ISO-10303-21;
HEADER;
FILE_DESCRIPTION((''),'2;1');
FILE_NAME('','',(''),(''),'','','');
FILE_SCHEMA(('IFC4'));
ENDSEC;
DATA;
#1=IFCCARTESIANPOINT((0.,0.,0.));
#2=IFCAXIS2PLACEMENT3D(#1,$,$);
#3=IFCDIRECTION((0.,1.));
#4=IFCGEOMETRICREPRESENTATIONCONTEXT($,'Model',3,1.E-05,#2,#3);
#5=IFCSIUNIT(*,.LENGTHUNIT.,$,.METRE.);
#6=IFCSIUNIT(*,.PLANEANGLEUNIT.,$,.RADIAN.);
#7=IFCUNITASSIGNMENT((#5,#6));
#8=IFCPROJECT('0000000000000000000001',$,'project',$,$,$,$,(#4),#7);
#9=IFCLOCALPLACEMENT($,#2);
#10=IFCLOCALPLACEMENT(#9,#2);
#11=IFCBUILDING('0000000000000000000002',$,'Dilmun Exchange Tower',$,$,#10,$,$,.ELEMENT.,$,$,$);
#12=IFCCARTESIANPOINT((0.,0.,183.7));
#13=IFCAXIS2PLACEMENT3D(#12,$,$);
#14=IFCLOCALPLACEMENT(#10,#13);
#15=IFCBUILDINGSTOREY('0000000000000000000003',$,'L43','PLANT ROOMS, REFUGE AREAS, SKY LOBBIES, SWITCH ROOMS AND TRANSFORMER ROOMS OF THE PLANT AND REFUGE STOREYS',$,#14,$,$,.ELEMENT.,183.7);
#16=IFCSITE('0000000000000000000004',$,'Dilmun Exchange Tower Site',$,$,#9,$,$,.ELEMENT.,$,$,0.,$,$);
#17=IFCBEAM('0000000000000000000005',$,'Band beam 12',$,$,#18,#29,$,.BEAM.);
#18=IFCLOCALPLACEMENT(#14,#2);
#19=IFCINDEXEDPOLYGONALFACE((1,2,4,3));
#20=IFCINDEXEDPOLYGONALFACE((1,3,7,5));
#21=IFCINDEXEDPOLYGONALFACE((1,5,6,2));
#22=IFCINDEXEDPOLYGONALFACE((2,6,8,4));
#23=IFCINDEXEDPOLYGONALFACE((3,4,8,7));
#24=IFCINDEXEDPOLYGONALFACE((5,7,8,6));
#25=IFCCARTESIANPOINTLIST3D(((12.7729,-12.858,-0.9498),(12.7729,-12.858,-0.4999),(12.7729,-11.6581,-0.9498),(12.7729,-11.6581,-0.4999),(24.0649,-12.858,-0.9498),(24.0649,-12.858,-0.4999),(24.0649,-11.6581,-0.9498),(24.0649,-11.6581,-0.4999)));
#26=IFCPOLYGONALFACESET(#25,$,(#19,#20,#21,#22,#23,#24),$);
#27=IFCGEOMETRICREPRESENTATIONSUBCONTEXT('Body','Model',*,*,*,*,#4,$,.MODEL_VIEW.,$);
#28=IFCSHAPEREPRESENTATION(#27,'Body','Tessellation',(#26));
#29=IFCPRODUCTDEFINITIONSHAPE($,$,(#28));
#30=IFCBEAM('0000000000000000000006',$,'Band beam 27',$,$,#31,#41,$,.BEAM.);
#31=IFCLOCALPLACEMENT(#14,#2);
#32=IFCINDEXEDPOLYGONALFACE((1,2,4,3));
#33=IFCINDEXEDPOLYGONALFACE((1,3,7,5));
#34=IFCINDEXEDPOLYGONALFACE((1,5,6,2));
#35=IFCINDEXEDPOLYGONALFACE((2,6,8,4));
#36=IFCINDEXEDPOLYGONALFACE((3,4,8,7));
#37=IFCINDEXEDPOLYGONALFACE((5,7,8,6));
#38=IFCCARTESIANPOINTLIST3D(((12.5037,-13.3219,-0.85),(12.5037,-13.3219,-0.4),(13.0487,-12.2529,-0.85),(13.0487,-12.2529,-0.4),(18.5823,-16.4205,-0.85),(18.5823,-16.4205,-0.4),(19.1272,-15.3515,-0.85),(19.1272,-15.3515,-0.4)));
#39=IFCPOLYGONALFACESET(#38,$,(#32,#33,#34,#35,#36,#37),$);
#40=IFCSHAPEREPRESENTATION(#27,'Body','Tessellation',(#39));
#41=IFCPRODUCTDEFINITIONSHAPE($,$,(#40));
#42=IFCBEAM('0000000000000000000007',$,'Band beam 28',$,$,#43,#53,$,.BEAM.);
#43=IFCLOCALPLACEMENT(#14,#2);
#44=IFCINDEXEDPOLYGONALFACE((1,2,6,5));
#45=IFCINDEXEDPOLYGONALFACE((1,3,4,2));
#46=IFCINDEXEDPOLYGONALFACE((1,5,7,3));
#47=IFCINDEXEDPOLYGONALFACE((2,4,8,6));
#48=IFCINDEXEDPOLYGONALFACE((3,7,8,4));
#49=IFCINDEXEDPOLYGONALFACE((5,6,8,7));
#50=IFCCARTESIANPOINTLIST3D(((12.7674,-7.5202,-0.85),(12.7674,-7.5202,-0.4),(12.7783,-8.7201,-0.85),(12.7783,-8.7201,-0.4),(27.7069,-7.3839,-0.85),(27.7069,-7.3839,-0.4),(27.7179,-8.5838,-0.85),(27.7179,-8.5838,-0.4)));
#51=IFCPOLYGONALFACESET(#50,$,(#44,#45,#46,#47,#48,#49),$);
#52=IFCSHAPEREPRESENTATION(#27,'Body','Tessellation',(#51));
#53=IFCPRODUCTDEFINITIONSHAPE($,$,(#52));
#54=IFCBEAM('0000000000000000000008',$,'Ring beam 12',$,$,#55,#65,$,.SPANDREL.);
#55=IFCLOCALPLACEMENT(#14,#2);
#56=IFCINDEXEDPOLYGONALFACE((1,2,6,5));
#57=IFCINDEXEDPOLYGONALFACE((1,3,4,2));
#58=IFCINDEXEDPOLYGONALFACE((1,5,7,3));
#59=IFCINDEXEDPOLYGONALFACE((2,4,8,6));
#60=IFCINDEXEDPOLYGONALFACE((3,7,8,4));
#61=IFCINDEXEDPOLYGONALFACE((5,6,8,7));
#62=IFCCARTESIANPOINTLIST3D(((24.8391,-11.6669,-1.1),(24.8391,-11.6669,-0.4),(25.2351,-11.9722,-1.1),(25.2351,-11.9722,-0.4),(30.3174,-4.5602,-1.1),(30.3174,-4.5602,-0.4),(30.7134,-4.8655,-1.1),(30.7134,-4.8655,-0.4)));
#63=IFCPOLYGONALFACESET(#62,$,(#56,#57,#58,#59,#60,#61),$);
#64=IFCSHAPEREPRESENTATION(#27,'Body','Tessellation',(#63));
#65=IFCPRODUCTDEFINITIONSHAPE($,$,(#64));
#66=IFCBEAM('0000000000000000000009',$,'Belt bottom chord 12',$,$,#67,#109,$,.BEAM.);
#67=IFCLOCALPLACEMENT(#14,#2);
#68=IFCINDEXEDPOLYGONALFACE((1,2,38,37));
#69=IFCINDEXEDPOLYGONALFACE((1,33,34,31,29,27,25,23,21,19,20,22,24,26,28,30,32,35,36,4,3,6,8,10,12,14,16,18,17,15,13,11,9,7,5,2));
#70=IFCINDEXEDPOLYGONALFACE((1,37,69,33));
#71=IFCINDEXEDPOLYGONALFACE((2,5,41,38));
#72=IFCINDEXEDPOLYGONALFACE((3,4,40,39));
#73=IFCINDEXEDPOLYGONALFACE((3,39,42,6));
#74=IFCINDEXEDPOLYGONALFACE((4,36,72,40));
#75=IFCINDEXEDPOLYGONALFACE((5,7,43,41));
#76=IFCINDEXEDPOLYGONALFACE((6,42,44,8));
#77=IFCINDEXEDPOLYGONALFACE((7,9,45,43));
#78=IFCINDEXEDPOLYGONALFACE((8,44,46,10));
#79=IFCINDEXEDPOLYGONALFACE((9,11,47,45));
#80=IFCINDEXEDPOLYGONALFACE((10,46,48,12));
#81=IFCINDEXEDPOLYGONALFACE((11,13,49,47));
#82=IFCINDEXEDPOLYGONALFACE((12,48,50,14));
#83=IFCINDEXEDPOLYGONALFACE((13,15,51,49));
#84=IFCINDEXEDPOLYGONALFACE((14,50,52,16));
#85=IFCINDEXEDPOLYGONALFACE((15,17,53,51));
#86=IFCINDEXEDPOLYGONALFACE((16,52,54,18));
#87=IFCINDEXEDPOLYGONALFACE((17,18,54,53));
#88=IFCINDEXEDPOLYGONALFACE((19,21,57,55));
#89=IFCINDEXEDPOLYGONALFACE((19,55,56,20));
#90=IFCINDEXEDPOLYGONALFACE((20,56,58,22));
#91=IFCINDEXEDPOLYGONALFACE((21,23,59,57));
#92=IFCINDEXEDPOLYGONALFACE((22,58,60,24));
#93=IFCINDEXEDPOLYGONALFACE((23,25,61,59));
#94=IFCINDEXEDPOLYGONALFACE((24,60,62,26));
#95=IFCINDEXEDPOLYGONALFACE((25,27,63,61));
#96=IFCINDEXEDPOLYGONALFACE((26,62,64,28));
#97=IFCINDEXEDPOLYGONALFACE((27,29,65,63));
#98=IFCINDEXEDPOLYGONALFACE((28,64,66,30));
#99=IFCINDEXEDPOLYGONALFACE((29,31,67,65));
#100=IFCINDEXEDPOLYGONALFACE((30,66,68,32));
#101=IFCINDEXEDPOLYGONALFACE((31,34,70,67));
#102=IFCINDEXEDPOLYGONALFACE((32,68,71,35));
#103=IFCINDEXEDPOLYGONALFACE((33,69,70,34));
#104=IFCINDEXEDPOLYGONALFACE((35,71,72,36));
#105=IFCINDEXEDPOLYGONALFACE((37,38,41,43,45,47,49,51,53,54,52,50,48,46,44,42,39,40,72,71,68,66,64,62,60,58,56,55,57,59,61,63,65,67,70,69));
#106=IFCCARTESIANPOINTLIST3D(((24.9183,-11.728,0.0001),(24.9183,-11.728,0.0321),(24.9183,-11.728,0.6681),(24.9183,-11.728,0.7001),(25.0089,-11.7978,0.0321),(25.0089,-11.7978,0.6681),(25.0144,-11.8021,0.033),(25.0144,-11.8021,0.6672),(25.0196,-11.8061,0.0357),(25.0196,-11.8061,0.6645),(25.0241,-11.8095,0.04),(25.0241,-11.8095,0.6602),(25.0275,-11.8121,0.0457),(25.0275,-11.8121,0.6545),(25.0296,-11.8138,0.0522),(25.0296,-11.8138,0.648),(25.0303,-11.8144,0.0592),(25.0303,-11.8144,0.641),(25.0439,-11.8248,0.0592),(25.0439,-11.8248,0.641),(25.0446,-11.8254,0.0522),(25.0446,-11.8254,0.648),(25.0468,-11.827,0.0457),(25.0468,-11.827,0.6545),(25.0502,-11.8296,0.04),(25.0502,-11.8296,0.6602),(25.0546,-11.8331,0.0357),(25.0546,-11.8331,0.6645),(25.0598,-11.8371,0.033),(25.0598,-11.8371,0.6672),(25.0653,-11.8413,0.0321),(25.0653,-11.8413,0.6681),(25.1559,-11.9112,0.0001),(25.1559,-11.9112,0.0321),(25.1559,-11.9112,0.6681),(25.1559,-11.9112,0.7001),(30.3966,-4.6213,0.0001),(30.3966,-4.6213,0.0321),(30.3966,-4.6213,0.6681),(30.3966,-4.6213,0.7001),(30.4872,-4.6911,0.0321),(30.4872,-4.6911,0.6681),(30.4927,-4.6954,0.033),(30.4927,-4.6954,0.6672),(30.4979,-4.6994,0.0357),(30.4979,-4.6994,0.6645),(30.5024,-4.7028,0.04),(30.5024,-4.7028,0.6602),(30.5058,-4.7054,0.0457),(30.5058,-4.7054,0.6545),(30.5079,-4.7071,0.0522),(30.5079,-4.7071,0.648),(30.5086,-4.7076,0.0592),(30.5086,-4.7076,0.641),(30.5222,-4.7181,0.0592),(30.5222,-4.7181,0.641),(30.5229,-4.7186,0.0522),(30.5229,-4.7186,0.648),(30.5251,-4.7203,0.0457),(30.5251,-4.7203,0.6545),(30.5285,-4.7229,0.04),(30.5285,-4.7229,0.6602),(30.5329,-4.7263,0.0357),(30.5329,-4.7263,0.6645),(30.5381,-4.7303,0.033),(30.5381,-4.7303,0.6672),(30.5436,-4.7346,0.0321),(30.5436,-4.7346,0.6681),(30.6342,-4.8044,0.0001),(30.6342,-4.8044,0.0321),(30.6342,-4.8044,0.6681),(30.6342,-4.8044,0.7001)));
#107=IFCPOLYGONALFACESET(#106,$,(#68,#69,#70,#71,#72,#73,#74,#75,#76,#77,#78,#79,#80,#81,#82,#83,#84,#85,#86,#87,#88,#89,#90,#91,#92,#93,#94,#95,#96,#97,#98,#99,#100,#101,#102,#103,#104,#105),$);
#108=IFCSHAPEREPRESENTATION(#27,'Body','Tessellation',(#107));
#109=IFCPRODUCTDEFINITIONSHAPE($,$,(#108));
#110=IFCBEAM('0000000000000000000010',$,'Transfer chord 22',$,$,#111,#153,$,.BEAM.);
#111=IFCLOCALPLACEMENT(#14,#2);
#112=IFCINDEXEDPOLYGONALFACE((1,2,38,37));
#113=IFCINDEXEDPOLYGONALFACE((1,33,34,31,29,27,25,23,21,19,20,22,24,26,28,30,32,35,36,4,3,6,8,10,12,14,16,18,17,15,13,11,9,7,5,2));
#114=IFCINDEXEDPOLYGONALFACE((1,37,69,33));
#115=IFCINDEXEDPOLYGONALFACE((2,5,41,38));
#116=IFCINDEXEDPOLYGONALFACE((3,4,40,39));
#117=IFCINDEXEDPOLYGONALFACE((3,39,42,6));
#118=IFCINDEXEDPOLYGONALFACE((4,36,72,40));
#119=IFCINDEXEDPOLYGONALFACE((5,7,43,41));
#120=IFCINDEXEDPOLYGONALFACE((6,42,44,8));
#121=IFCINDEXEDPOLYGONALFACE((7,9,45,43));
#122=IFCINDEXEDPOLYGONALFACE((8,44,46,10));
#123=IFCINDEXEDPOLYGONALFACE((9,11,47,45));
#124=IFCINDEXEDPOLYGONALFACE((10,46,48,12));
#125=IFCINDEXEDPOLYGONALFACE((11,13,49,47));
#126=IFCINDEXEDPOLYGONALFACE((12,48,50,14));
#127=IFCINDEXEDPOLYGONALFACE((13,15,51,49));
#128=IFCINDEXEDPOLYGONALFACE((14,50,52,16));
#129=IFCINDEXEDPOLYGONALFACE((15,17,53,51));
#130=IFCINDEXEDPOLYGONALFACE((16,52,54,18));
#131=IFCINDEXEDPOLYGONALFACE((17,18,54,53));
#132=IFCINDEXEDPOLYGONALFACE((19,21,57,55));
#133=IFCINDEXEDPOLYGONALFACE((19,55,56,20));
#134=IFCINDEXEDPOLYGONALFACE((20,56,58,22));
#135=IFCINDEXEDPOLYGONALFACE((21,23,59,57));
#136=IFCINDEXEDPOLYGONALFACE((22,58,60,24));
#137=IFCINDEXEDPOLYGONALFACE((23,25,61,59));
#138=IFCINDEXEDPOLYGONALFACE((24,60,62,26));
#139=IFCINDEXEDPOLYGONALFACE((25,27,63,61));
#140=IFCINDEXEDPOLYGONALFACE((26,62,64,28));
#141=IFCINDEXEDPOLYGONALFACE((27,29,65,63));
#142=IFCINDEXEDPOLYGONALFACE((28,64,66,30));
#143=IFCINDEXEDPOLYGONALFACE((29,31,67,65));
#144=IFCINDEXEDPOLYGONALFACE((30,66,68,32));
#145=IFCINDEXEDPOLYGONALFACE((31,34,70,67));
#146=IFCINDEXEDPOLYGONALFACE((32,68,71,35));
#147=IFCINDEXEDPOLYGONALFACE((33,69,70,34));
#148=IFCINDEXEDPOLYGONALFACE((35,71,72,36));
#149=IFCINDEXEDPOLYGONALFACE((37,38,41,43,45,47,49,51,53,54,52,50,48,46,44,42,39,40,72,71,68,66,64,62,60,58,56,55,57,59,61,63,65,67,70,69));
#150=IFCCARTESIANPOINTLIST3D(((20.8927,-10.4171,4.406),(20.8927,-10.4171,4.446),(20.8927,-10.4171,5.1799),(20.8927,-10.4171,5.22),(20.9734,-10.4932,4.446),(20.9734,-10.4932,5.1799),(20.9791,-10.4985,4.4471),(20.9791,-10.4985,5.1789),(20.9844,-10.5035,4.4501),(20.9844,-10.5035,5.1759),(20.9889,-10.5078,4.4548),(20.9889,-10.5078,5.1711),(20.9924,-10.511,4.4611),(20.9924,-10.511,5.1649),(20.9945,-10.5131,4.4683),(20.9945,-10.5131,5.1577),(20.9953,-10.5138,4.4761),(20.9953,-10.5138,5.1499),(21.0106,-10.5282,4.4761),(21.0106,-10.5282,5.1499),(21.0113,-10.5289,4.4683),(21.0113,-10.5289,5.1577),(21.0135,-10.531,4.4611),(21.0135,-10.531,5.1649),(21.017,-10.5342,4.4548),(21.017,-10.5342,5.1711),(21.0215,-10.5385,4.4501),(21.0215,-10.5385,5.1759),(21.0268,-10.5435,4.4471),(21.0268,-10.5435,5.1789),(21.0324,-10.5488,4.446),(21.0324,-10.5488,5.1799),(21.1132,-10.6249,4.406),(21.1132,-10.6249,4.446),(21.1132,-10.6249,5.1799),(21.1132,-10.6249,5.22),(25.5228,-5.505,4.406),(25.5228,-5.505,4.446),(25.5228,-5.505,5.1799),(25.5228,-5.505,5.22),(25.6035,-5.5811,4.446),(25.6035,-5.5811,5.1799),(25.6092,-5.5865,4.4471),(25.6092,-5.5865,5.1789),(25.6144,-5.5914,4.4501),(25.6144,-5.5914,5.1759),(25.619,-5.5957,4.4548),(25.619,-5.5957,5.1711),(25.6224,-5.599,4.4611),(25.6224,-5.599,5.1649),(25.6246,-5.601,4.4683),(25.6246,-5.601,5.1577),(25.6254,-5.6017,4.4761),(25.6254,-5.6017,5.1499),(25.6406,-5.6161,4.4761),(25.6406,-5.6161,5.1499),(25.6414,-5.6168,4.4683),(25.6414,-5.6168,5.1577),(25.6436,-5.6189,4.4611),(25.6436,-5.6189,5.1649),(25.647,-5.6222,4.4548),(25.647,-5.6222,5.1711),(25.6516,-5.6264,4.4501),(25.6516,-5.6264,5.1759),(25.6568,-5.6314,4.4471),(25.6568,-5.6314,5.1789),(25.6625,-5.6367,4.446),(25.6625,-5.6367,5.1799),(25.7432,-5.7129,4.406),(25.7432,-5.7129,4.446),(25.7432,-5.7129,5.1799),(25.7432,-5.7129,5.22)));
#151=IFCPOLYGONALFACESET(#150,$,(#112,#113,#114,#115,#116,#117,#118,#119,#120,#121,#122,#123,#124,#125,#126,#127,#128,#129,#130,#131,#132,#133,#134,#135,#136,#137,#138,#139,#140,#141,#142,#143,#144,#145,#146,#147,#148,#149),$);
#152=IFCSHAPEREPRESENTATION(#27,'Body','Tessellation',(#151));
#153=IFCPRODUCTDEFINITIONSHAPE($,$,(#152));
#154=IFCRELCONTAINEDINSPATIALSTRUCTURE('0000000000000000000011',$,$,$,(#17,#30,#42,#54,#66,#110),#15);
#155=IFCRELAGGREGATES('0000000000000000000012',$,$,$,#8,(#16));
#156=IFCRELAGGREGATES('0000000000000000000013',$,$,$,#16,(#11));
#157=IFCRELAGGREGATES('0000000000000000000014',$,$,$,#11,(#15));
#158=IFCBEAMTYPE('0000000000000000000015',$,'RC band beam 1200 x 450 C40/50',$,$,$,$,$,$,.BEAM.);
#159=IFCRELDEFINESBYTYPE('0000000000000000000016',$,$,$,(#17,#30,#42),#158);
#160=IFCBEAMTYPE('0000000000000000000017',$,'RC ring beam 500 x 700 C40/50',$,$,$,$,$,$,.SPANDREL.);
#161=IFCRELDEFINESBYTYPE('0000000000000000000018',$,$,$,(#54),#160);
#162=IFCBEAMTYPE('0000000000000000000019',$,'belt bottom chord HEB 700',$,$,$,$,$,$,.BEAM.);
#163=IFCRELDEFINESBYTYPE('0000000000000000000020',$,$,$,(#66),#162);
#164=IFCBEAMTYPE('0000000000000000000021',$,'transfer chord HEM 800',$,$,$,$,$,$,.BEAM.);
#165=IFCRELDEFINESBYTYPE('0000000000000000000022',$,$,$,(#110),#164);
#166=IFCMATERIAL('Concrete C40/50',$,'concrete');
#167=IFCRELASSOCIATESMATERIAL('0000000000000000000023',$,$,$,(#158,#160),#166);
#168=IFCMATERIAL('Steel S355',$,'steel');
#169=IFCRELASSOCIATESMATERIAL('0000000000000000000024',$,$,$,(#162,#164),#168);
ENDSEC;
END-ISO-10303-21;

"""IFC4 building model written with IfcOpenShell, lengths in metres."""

from ifc_helpers import new_model, si_unit, direction, frame, origin, origin_2d, place, context, subcontext, project, spatial, rectangle, i_section, extrude, material, material_profile, profile_set, type_object, element, save


model = new_model("IFC4")

# Units and contexts
model_context = context("Model", 3, precision=1e-05, world=origin(), true_north=direction((0.0, 1.0)))
body_context = subcontext(model_context, "Body", "Model", "MODEL_VIEW")
ifc_project = project(units=[si_unit("LENGTHUNIT", "METRE"), si_unit("PLANEANGLEUNIT", "RADIAN")], contexts=[model_context])

# Site, building, storey
site_placement = place(None, origin())
site = spatial("IfcSite", under=ifc_project, at=site_placement, Name="Dilmun Exchange Tower Site", CompositionType="ELEMENT", RefElevation=0.0)
building_placement = place(site_placement, origin())
building = spatial("IfcBuilding", under=site, at=building_placement, Name="Dilmun Exchange Tower", CompositionType="ELEMENT")
storey_placement = place(building_placement, frame((0.0, 0.0, 183.7)))
storey = spatial("IfcBuildingStorey", under=building, at=storey_placement, Name="L43", Description="PLANT ROOMS, REFUGE AREAS, SKY LOBBIES, SWITCH ROOMS AND TRANSFORMER ROOMS OF THE PLANT AND REFUGE STOREYS", CompositionType="ELEMENT", Elevation=183.7)

# Beams
ifc_material_1 = material(Name="Concrete C40/50", Category="concrete")
ifc_material_profile_1 = material_profile(ifc_material_1, rectangle(XDim=1.2, YDim=0.45, at=origin_2d()), Name="1200 x 450")
ifc_profile_set_1 = profile_set([ifc_material_profile_1], Name="Concrete C40/50")
beam_type_1 = type_object("IfcBeamType", Name="RC band beam 1200 x 450 C40/50", PredefinedType="BEAM", material=ifc_profile_set_1)
beam_1_placement = place(storey_placement, frame((24.0649, -12.2581, -0.7249), z_axis=(-1.0, 0.0, 0.0), x_axis=(0.0, -1.0, 0.0)))
element("IfcBeam", 1, at=beam_1_placement, inside=storey, type_object=beam_type_1, Name="Band beam 12", PredefinedType="BEAM", context=body_context, shape_type="SweptSolid", body=[
    extrude(rectangle(XDim=1.2, YDim=0.45, at=origin_2d()), origin(), (0.0, 0.0, 1.0), 11.292),
])
beam_2_placement = place(storey_placement, frame((18.8547, -15.886, -0.625), z_axis=(-0.890922, 0.454156, 0.0), x_axis=(-0.454156, -0.890922, 0.0)))
element("IfcBeam", 2, at=beam_2_placement, inside=storey, type_object=beam_type_1, Name="Band beam 27", PredefinedType="BEAM", context=body_context, shape_type="SweptSolid", body=[
    extrude(rectangle(XDim=1.2, YDim=0.45, at=origin_2d()), origin(), (0.0, 0.0, 1.0), 6.8228),
])
beam_3_placement = place(storey_placement, frame((27.7124, -7.9839, -0.625), z_axis=(-0.999958, -0.009118, 0.0), x_axis=(0.009118, -0.999958, 0.0)))
element("IfcBeam", 3, at=beam_3_placement, inside=storey, type_object=beam_type_1, Name="Band beam 28", PredefinedType="BEAM", context=body_context, shape_type="SweptSolid", body=[
    extrude(rectangle(XDim=1.2, YDim=0.45, at=origin_2d()), origin(), (0.0, 0.0, 1.0), 14.9402),
])
ifc_material_profile_2 = material_profile(ifc_material_1, rectangle(XDim=0.5, YDim=0.7, at=origin_2d()), Name="500 x 700")
ifc_profile_set_2 = profile_set([ifc_material_profile_2], Name="Concrete C40/50")
beam_type_2 = type_object("IfcBeamType", Name="RC ring beam 500 x 700 C40/50", PredefinedType="SPANDREL", material=ifc_profile_set_2)
beam_4_placement = place(storey_placement, frame((25.0371, -11.8196, -0.75), z_axis=(0.610522, 0.792, 0.0), x_axis=(-0.792, 0.610522, 0.0)))
element("IfcBeam", 4, at=beam_4_placement, inside=storey, type_object=beam_type_2, Name="Ring beam 12", PredefinedType="SPANDREL", context=body_context, shape_type="SweptSolid", body=[
    extrude(rectangle(XDim=0.5, YDim=0.7, at=origin_2d()), origin(), (0.0, 0.0, 1.0), 8.9731),
])
ifc_material_2 = material(Name="Steel S355", Category="steel")
ifc_material_profile_3 = material_profile(ifc_material_2, i_section(OverallWidth=0.3, OverallDepth=0.7, WebThickness=0.0171, FlangeThickness=0.032, FilletRadius=0.0271, at=origin_2d()), Name="HEB 700")
ifc_profile_set_3 = profile_set([ifc_material_profile_3], Name="Steel S355")
beam_type_3 = type_object("IfcBeamType", Name="belt bottom chord HEB 700", PredefinedType="BEAM", material=ifc_profile_set_3)
beam_5_placement = place(storey_placement, frame((25.0371, -11.8196, 0.3501), z_axis=(0.610522, 0.792, 0.0), x_axis=(-0.792, 0.610522, 0.0)))
element("IfcBeam", 5, at=beam_5_placement, inside=storey, type_object=beam_type_3, Name="Belt bottom chord 12", PredefinedType="BEAM", context=body_context, shape_type="SweptSolid", body=[
    extrude(i_section(OverallWidth=0.3, OverallDepth=0.7, WebThickness=0.0171, FlangeThickness=0.032, FilletRadius=0.0271, at=origin_2d()), origin(), (0.0, 0.0, 1.0), 8.9731),
])
ifc_material_profile_4 = material_profile(ifc_material_2, i_section(OverallWidth=0.303, OverallDepth=0.814, WebThickness=0.021, FlangeThickness=0.04, FilletRadius=0.03, at=origin_2d()), Name="HEM 800")
ifc_profile_set_4 = profile_set([ifc_material_profile_4], Name="Steel S355")
beam_type_4 = type_object("IfcBeamType", Name="transfer chord HEM 800", PredefinedType="BEAM", material=ifc_profile_set_4)
beam_6_placement = place(storey_placement, frame((21.0029, -10.521, 4.813), z_axis=(0.685912, 0.727685, 0.0), x_axis=(-0.727685, 0.685912, 0.0)))
element("IfcBeam", 6, at=beam_6_placement, inside=storey, type_object=beam_type_4, Name="Transfer chord 22", PredefinedType="BEAM", context=body_context, shape_type="SweptSolid", body=[
    extrude(i_section(OverallWidth=0.303, OverallDepth=0.814, WebThickness=0.021, FlangeThickness=0.04, FilletRadius=0.03, at=origin_2d()), origin(), (0.0, 0.0, 1.0), 6.7502),
])

save(model, "model.ifc")
